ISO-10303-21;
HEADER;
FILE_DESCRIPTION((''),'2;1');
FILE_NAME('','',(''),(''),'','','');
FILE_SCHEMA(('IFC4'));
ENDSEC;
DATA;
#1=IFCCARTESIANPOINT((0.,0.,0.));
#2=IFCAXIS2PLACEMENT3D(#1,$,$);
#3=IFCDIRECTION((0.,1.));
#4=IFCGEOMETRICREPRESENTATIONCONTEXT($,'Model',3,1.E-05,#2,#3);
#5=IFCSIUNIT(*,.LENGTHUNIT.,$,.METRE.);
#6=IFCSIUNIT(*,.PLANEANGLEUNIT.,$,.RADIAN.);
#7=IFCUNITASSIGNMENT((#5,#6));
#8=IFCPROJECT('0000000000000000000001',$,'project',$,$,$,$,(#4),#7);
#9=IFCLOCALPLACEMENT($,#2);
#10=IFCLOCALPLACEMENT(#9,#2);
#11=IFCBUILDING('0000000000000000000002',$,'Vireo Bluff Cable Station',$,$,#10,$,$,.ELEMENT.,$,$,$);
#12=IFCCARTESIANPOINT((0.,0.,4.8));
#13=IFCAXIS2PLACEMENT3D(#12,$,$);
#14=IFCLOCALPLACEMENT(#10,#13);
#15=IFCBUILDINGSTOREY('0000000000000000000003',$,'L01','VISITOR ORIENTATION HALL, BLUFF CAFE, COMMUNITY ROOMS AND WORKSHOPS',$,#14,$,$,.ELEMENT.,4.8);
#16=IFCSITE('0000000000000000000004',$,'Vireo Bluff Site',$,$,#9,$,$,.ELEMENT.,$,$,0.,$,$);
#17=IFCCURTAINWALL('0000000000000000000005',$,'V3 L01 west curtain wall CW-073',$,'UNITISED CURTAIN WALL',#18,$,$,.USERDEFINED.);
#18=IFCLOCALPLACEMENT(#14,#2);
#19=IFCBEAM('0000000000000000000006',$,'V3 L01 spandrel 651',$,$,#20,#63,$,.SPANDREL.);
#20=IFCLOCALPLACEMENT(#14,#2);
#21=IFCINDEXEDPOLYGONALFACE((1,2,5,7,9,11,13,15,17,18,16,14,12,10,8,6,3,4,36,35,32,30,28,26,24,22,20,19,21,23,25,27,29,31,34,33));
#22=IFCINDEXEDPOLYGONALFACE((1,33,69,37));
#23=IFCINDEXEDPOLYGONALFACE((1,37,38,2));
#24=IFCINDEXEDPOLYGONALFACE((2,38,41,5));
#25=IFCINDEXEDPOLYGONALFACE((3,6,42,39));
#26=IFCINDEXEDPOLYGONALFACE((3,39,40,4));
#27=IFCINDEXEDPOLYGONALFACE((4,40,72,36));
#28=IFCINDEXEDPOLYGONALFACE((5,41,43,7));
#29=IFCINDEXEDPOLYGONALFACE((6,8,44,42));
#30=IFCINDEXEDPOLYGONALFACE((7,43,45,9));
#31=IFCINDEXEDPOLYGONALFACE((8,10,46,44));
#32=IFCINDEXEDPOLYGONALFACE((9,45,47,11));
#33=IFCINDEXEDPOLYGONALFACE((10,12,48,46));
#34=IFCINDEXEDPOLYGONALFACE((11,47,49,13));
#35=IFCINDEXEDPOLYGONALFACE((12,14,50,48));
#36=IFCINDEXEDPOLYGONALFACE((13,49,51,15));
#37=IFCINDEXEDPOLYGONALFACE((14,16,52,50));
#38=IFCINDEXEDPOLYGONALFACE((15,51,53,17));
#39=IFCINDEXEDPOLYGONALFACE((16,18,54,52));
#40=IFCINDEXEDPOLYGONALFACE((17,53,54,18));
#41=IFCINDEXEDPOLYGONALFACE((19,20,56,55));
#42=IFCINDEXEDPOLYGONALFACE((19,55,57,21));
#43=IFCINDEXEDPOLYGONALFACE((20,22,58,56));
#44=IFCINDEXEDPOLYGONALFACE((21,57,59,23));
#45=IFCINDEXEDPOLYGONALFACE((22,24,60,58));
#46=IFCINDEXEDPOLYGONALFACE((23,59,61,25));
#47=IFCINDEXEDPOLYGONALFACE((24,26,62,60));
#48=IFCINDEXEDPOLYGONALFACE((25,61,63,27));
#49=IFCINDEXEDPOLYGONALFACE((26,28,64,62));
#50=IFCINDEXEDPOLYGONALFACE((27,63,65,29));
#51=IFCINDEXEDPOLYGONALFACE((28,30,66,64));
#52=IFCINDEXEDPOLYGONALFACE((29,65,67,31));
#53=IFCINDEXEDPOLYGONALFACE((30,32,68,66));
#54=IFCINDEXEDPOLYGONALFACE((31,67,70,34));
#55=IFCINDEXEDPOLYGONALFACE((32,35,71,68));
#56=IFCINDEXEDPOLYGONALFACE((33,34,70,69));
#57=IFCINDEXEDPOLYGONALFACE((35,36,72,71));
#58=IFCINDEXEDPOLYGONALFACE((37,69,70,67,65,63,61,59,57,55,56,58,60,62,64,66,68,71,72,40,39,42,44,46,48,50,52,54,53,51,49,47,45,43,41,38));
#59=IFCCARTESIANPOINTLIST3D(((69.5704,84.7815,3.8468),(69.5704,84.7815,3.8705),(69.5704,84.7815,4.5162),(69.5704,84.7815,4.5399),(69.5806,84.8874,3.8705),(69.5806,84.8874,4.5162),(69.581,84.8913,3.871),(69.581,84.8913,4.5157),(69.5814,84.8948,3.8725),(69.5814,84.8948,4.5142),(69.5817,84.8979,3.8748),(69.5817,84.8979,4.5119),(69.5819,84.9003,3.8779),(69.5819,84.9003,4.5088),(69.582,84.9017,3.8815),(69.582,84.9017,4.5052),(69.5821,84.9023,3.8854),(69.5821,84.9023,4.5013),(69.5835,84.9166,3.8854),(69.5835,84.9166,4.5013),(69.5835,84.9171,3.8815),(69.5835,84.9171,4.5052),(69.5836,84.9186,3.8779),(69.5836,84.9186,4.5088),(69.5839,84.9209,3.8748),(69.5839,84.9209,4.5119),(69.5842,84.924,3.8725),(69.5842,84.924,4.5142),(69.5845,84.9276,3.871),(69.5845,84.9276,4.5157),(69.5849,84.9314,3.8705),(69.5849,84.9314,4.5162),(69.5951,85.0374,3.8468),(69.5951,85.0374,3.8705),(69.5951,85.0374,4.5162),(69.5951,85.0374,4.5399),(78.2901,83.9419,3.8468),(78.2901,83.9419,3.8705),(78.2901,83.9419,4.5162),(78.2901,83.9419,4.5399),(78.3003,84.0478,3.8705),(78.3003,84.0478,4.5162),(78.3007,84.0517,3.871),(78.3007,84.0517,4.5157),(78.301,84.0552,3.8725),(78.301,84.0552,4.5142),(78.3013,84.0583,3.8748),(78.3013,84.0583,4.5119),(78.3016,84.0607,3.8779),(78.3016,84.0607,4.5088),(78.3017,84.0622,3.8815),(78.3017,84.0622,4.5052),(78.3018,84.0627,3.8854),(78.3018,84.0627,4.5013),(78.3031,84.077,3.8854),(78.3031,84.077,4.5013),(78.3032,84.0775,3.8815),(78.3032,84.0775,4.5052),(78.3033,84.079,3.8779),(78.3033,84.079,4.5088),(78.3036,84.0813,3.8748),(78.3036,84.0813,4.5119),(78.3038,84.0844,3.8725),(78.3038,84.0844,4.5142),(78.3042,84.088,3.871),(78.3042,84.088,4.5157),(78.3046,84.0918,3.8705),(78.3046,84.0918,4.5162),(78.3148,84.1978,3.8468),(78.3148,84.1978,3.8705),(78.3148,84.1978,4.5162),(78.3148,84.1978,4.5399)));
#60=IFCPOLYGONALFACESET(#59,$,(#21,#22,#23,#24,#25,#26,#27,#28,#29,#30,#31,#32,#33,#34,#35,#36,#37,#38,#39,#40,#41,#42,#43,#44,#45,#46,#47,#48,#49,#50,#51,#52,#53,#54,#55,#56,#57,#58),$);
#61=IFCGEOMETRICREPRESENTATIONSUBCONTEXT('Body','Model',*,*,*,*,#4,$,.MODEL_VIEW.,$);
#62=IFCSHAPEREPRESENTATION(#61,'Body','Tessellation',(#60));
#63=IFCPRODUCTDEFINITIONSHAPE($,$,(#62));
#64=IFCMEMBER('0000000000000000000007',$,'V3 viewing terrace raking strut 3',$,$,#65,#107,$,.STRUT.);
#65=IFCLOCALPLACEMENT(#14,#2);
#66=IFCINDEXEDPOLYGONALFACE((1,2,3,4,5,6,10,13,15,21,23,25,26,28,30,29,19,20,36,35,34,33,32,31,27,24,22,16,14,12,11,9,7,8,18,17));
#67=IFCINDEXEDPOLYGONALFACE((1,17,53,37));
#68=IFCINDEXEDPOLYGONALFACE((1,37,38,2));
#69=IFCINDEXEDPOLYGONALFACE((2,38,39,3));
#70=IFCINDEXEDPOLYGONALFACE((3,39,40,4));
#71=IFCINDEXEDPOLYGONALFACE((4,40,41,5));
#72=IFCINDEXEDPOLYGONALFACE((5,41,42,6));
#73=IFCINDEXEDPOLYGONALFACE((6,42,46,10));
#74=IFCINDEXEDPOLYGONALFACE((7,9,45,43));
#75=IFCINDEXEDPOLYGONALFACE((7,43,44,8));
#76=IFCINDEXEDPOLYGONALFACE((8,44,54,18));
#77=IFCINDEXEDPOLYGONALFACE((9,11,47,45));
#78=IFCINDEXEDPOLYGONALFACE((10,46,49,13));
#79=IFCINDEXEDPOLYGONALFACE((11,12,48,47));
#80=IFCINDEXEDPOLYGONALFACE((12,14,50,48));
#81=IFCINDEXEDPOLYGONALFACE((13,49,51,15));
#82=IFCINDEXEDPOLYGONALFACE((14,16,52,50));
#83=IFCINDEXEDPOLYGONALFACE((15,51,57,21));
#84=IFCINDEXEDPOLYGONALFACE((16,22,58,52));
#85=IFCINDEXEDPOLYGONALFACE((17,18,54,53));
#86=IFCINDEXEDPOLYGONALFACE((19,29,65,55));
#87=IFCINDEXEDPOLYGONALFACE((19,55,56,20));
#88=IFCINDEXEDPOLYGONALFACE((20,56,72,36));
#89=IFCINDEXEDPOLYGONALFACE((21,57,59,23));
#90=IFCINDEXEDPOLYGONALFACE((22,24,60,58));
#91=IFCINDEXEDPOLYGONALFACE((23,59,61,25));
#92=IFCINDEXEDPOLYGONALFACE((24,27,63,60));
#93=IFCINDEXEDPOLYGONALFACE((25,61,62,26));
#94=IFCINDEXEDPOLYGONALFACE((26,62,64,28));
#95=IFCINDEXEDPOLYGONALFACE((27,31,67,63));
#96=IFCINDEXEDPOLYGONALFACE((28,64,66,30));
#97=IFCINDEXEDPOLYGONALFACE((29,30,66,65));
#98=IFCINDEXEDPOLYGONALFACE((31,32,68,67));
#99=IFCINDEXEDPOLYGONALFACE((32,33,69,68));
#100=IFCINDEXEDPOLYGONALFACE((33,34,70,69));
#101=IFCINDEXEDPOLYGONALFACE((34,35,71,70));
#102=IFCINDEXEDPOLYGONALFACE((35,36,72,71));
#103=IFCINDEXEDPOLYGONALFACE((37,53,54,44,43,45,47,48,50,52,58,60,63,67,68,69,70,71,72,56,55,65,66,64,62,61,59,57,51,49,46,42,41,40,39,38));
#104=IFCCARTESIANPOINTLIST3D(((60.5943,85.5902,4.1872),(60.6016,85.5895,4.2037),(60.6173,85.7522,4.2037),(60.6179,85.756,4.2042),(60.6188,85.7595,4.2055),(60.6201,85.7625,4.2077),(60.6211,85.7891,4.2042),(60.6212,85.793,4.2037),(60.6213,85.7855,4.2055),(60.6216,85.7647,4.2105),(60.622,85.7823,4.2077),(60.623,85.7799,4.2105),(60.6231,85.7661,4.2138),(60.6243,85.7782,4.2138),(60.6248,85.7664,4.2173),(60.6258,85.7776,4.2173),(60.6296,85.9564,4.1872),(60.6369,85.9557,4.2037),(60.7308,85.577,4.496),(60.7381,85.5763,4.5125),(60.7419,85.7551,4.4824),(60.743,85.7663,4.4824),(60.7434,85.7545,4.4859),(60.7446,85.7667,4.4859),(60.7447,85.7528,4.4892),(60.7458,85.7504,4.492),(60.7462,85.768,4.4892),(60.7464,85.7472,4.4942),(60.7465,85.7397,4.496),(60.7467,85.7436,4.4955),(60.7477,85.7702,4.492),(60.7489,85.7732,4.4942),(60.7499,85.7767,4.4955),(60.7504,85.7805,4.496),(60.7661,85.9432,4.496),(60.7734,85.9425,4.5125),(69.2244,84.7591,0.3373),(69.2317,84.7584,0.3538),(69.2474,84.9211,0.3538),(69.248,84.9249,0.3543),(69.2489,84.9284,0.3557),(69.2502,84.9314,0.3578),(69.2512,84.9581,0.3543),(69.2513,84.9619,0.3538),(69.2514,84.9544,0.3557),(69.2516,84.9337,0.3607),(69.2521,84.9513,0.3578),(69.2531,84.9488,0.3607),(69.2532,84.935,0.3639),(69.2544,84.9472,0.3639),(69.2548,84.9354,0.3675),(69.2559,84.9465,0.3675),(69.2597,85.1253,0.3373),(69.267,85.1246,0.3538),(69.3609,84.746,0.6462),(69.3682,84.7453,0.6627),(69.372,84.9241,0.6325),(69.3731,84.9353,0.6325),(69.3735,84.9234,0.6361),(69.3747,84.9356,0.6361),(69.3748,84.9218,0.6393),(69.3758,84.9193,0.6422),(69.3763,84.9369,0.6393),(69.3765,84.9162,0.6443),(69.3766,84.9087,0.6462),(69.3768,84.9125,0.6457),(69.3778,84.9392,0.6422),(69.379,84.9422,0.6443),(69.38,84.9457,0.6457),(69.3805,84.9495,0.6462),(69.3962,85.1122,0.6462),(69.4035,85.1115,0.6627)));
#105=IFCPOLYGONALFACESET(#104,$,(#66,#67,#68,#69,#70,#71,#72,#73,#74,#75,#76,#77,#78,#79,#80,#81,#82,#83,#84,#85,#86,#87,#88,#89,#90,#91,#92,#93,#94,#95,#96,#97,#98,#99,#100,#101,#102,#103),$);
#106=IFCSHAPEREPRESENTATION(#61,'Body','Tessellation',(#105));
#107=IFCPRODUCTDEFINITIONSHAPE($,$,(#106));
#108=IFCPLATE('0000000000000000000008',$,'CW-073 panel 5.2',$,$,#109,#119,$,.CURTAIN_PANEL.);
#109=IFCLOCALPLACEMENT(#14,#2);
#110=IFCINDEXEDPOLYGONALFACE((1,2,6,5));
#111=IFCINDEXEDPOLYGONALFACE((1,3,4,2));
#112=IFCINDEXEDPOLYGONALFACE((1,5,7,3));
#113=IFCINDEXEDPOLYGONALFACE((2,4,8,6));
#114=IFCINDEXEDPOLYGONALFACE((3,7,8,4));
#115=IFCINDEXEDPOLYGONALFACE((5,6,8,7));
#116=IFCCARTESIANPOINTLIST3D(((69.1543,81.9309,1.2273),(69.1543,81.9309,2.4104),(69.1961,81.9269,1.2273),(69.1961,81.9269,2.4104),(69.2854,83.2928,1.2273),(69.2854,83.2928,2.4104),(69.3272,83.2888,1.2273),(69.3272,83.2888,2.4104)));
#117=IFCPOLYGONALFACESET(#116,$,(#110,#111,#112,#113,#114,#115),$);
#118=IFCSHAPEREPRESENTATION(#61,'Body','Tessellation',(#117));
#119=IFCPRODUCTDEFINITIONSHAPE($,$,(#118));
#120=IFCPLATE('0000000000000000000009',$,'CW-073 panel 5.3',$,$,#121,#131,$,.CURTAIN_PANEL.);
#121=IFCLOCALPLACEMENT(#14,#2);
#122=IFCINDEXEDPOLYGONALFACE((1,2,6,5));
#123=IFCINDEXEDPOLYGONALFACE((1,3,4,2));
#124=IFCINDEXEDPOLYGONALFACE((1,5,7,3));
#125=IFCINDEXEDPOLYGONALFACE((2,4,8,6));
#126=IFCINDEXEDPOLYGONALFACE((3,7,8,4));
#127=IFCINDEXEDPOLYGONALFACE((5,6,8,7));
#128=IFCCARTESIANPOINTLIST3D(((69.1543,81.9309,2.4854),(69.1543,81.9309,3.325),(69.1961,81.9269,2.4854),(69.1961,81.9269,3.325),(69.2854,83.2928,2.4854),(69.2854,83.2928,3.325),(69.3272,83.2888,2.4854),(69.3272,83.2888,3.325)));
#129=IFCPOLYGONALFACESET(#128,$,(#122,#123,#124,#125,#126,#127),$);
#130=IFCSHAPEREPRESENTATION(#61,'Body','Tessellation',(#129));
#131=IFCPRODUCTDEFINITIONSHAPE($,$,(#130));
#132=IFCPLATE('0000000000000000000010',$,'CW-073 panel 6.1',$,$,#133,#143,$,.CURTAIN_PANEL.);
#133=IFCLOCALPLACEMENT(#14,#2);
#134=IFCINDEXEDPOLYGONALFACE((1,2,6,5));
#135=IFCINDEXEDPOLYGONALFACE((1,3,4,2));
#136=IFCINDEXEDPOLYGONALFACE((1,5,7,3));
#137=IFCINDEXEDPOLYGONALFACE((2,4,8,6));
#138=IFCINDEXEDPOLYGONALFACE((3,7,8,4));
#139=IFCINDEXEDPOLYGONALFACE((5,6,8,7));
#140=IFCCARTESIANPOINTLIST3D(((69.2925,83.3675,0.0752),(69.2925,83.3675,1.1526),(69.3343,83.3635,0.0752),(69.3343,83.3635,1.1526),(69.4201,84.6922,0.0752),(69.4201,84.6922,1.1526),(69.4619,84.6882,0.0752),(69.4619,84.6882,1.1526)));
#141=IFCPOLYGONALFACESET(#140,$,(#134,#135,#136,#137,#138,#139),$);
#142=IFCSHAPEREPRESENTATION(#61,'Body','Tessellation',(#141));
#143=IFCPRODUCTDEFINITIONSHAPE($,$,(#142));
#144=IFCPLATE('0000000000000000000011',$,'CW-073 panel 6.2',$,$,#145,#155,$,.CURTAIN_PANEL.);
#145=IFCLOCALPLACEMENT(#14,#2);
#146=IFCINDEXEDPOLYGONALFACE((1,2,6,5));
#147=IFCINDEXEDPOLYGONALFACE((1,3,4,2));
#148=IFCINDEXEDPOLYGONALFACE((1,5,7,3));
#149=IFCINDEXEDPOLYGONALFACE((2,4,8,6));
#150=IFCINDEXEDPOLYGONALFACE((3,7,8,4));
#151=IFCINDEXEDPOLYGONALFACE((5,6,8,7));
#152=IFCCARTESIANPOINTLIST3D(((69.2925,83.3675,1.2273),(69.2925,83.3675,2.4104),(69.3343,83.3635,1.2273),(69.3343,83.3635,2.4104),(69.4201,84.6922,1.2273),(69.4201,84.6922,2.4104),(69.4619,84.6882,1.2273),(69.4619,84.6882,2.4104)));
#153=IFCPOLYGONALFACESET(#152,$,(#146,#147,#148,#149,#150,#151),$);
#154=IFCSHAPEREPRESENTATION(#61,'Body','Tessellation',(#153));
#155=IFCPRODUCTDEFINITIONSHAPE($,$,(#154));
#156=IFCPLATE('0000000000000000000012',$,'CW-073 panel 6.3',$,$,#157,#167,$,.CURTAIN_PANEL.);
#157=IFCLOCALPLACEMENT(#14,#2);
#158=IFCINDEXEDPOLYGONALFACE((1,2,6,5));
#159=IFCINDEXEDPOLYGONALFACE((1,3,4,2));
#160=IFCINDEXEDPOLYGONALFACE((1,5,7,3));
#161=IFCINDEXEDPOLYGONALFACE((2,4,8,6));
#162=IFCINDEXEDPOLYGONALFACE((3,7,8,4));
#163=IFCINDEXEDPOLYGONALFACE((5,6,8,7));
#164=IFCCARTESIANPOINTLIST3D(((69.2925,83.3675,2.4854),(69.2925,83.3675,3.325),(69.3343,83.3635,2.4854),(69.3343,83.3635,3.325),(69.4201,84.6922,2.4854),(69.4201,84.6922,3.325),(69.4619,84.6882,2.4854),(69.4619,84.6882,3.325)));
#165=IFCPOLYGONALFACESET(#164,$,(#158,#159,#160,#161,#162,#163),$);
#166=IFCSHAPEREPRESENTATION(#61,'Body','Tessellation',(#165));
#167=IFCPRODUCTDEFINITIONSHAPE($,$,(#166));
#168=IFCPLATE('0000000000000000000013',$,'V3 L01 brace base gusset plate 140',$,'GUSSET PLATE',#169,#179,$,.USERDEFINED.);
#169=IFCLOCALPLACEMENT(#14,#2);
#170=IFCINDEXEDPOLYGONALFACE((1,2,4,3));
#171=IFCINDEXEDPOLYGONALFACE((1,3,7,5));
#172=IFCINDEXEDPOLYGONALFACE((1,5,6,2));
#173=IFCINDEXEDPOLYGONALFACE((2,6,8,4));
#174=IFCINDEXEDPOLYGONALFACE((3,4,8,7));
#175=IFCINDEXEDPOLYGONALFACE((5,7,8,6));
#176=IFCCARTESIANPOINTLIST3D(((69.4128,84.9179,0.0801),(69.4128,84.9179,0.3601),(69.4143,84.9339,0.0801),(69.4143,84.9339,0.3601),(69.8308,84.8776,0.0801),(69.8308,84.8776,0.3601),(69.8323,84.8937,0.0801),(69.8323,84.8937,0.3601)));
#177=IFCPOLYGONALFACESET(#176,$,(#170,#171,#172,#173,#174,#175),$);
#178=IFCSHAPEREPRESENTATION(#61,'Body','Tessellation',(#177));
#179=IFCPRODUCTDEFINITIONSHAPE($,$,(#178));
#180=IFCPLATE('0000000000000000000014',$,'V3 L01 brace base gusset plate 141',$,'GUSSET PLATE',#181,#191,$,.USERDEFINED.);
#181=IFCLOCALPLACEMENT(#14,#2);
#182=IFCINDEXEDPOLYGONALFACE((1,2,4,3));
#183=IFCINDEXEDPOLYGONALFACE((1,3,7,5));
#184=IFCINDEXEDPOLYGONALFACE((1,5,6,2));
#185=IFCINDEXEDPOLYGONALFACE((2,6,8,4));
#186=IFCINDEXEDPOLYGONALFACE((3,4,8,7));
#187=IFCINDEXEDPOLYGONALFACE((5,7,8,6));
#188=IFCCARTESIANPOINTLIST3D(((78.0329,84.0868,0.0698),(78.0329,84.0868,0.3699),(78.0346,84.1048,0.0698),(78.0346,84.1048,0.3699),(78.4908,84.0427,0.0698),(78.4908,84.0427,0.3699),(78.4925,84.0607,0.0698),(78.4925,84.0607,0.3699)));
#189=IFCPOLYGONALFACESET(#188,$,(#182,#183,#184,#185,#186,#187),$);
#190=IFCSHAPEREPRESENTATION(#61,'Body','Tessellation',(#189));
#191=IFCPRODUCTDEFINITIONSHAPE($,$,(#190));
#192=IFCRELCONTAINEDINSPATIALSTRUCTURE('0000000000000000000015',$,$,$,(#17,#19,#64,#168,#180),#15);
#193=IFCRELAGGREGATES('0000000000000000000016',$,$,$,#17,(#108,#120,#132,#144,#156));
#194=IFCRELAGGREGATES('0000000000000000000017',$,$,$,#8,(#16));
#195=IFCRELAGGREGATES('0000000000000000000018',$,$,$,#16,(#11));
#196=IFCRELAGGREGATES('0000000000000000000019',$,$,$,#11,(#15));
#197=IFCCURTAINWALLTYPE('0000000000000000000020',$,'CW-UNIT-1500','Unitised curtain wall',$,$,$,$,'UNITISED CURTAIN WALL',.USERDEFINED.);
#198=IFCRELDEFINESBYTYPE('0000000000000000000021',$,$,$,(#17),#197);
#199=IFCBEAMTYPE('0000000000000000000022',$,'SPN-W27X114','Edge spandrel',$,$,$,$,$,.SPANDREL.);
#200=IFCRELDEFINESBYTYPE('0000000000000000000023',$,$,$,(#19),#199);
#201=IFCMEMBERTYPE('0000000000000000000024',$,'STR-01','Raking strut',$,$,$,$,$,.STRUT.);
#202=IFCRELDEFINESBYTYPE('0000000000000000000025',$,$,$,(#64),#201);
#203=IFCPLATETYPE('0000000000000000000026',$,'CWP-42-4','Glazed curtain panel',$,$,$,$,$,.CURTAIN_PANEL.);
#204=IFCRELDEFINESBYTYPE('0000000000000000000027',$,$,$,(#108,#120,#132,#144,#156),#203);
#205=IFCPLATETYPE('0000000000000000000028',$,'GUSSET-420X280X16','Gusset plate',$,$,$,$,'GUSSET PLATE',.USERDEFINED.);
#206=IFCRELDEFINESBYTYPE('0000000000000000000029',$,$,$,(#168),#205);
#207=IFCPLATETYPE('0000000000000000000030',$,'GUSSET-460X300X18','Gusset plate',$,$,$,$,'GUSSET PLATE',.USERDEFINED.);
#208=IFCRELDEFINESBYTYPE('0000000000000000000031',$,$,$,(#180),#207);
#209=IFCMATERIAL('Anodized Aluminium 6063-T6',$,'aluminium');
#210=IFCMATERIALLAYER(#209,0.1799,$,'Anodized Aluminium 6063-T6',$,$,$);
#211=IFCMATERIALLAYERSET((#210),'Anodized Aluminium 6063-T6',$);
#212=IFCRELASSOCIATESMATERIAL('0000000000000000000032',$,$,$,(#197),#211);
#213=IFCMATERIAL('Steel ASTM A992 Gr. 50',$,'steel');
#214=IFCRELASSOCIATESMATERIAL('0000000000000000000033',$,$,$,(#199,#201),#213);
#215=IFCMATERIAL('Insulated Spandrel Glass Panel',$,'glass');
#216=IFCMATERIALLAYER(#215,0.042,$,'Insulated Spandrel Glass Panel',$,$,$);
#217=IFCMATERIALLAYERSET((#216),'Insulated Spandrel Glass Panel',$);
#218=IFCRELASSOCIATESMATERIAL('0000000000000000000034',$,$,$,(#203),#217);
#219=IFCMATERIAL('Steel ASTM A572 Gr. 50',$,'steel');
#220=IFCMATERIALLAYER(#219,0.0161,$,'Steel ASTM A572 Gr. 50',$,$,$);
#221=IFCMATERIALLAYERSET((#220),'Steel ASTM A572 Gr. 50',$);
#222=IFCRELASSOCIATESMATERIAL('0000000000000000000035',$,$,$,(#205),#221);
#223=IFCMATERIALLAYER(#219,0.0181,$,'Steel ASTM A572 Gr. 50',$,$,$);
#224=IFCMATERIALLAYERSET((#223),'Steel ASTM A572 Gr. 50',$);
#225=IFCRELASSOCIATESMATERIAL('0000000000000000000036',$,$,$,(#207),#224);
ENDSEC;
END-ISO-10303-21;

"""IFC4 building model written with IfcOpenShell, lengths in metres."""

from ifc_helpers import new_model, si_unit, direction, frame, origin, origin_2d, place, context, subcontext, project, spatial, rectangle, i_section, extrude, material, layer, layer_set, material_profile, profile_set, type_object, element, aggregate, save


model = new_model("IFC4")

# Units and contexts
model_context = context("Model", 3, precision=1e-05, world=origin(), true_north=direction((0.0, 1.0)))
body_context = subcontext(model_context, "Body", "Model", "MODEL_VIEW")
ifc_project = project(units=[si_unit("LENGTHUNIT", "METRE"), si_unit("PLANEANGLEUNIT", "RADIAN")], contexts=[model_context])

# Site, building, storey
site_placement = place(None, origin())
site = spatial("IfcSite", under=ifc_project, at=site_placement, Name="Vireo Bluff Site", CompositionType="ELEMENT", RefElevation=0.0)
building_placement = place(site_placement, origin())
building = spatial("IfcBuilding", under=site, at=building_placement, Name="Vireo Bluff Cable Station", CompositionType="ELEMENT")
storey_placement = place(building_placement, frame((0.0, 0.0, 4.8)))
storey = spatial("IfcBuildingStorey", under=building, at=storey_placement, Name="L01", Description="VISITOR ORIENTATION HALL, BLUFF CAFE, COMMUNITY ROOMS AND WORKSHOPS", CompositionType="ELEMENT", Elevation=4.8)

# Shared definitions
ifc_material_1 = material(Name="Steel ASTM A992 Gr. 50", Category="steel")

# Curtain wall
ifc_material_2 = material(Name="Anodized Aluminium 6063-T6", Category="aluminium")
ifc_layer_1 = layer(ifc_material_2, 0.1799, Name="Anodized Aluminium 6063-T6")
ifc_layer_set_1 = layer_set([ifc_layer_1], Name="Anodized Aluminium 6063-T6")
curtain_wall_type = type_object("IfcCurtainWallType", Name="CW-UNIT-1500", Description="Unitised curtain wall", ElementType="UNITISED CURTAIN WALL", PredefinedType="USERDEFINED", material=ifc_layer_set_1)
curtain_wall_placement = place(storey_placement, origin())
curtain_wall = element("IfcCurtainWall", 1, at=curtain_wall_placement, inside=storey, type_object=curtain_wall_type, Name="V3 L01 west curtain wall CW-073", ObjectType="UNITISED CURTAIN WALL", PredefinedType="USERDEFINED")

# Beam
ifc_material_profile_1 = material_profile(ifc_material_1, i_section(OverallWidth=0.2571, OverallDepth=0.6931, WebThickness=0.0144, FlangeThickness=0.0237, FilletRadius=0.0149, at=origin_2d()), Name="W27X114")
ifc_profile_set_1 = profile_set([ifc_material_profile_1], Name="Steel ASTM A992 Gr. 50")
beam_type_1 = type_object("IfcBeamType", Name="SPN-W27X114", Description="Edge spandrel", PredefinedType="SPANDREL", material=ifc_profile_set_1)
beam_1_placement = place(storey_placement, frame((69.5828, 84.9094, 4.1934), z_axis=(0.995396, -0.095844, 0.0), x_axis=(0.095844, 0.995396, 0.0)))
element("IfcBeam", 2, at=beam_1_placement, inside=storey, type_object=beam_type_1, Name="V3 L01 spandrel 651", PredefinedType="SPANDREL", context=body_context, shape_type="SweptSolid", body=[
    extrude(i_section(OverallWidth=0.2571, OverallDepth=0.6931, WebThickness=0.0144, FlangeThickness=0.0237, FilletRadius=0.0149, at=origin_2d()), origin(), (0.0, 0.0, 1.0), 8.76),
])

# Member
ifc_material_profile_2 = material_profile(ifc_material_1, i_section(OverallWidth=0.3679, OverallDepth=0.356, WebThickness=0.0112, FlangeThickness=0.0181, FilletRadius=0.0149, at=origin_2d()), Name="W14X90")
ifc_profile_set_2 = profile_set([ifc_material_profile_2], Name="Steel ASTM A992 Gr. 50")
member_type_1 = type_object("IfcMemberType", Name="STR-01", Description="Raking strut", PredefinedType="STRUT", material=ifc_profile_set_2)
member_1_placement = place(storey_placement, frame((69.314, 84.9353, 0.5), z_axis=(-0.90974, 0.087605, 0.40583), x_axis=(-0.095854, -0.995395, 0.0)))
element("IfcMember", 3, at=member_1_placement, inside=storey, type_object=member_type_1, Name="V3 viewing terrace raking strut 3", PredefinedType="STRUT", context=body_context, shape_type="SweptSolid", body=[
    extrude(i_section(OverallWidth=0.3679, OverallDepth=0.356, WebThickness=0.0112, FlangeThickness=0.0181, FilletRadius=0.0149, at=origin_2d()), origin(), (0.0, 0.0, 1.0), 9.4863),
])

# Plates
ifc_material_3 = material(Name="Insulated Spandrel Glass Panel", Category="glass")
ifc_layer_2 = layer(ifc_material_3, 0.042, Name="Insulated Spandrel Glass Panel")
ifc_layer_set_2 = layer_set([ifc_layer_2], Name="Insulated Spandrel Glass Panel")
plate_type_1 = type_object("IfcPlateType", Name="CWP-42-4", Description="Glazed curtain panel", PredefinedType="CURTAIN_PANEL", material=ifc_layer_set_2)
plate_1_placement = place(storey_placement, frame((69.2407, 82.6099, 1.2273), z_axis=(0.0, 0.0, 1.0), x_axis=(0.095846, 0.995396, 0.0)))
plate_1 = element("IfcPlate", 4, at=plate_1_placement, type_object=plate_type_1, Name="CW-073 panel 5.2", PredefinedType="CURTAIN_PANEL", context=body_context, shape_type="SweptSolid", body=[
    extrude(rectangle(XDim=1.3682, YDim=0.042, at=origin_2d()), origin(), (0.0, 0.0, 1.0), 1.1831),
])
plate_2_placement = place(storey_placement, frame((69.2407, 82.6099, 2.4854), z_axis=(0.0, 0.0, 1.0), x_axis=(0.095846, 0.995396, 0.0)))
plate_2 = element("IfcPlate", 5, at=plate_2_placement, type_object=plate_type_1, Name="CW-073 panel 5.3", PredefinedType="CURTAIN_PANEL", context=body_context, shape_type="SweptSolid", body=[
    extrude(rectangle(XDim=1.3682, YDim=0.042, at=origin_2d()), origin(), (0.0, 0.0, 1.0), 0.8396),
])
plate_3_placement = place(storey_placement, frame((69.3772, 84.0278, 0.0752), z_axis=(0.0, 0.0, 1.0), x_axis=(0.095846, 0.995396, 0.0)))
plate_3 = element("IfcPlate", 6, at=plate_3_placement, type_object=plate_type_1, Name="CW-073 panel 6.1", PredefinedType="CURTAIN_PANEL", context=body_context, shape_type="SweptSolid", body=[
    extrude(rectangle(XDim=1.3308, YDim=0.042, at=origin_2d()), origin(), (0.0, 0.0, 1.0), 1.0774),
])
plate_4_placement = place(storey_placement, frame((69.3772, 84.0278, 1.2273), z_axis=(0.0, 0.0, 1.0), x_axis=(0.095846, 0.995396, 0.0)))
plate_4 = element("IfcPlate", 7, at=plate_4_placement, type_object=plate_type_1, Name="CW-073 panel 6.2", PredefinedType="CURTAIN_PANEL", context=body_context, shape_type="SweptSolid", body=[
    extrude(rectangle(XDim=1.3308, YDim=0.042, at=origin_2d()), origin(), (0.0, 0.0, 1.0), 1.1831),
])
plate_5_placement = place(storey_placement, frame((69.3772, 84.0278, 2.4854), z_axis=(0.0, 0.0, 1.0), x_axis=(0.095846, 0.995396, 0.0)))
plate_5 = element("IfcPlate", 8, at=plate_5_placement, type_object=plate_type_1, Name="CW-073 panel 6.3", PredefinedType="CURTAIN_PANEL", context=body_context, shape_type="SweptSolid", body=[
    extrude(rectangle(XDim=1.3308, YDim=0.042, at=origin_2d()), origin(), (0.0, 0.0, 1.0), 0.8396),
])
aggregate(curtain_wall, [plate_1, plate_2, plate_3, plate_4, plate_5])

# Plates
ifc_material_4 = material(Name="Steel ASTM A572 Gr. 50", Category="steel")
ifc_layer_3 = layer(ifc_material_4, 0.0161, Name="Steel ASTM A572 Gr. 50")
ifc_layer_set_3 = layer_set([ifc_layer_3], Name="Steel ASTM A572 Gr. 50")
plate_type_2 = type_object("IfcPlateType", Name="GUSSET-420X280X16", Description="Gusset plate", ElementType="GUSSET PLATE", PredefinedType="USERDEFINED", material=ifc_layer_set_3)
plate_6_placement = place(storey_placement, frame((69.6226, 84.9058, 0.0801), z_axis=(0.0, 0.0, 1.0), x_axis=(0.995396, -0.095846, 0.0)))
element("IfcPlate", 9, at=plate_6_placement, inside=storey, type_object=plate_type_2, Name="V3 L01 brace base gusset plate 140", ObjectType="GUSSET PLATE", PredefinedType="USERDEFINED", context=body_context, shape_type="SweptSolid", body=[
    extrude(rectangle(XDim=0.4199, YDim=0.0161, at=origin_2d()), origin(), (0.0, 0.0, 1.0), 0.28),
])
ifc_layer_4 = layer(ifc_material_4, 0.0181, Name="Steel ASTM A572 Gr. 50")
ifc_layer_set_4 = layer_set([ifc_layer_4], Name="Steel ASTM A572 Gr. 50")
plate_type_3 = type_object("IfcPlateType", Name="GUSSET-460X300X18", Description="Gusset plate", ElementType="GUSSET PLATE", PredefinedType="USERDEFINED", material=ifc_layer_set_4)
plate_7_placement = place(storey_placement, frame((78.2627, 84.0737, 0.0698), z_axis=(0.0, 0.0, 1.0), x_axis=(0.995396, -0.095846, 0.0)))
element("IfcPlate", 10, at=plate_7_placement, inside=storey, type_object=plate_type_3, Name="V3 L01 brace base gusset plate 141", ObjectType="GUSSET PLATE", PredefinedType="USERDEFINED", context=body_context, shape_type="SweptSolid", body=[
    extrude(rectangle(XDim=0.46, YDim=0.0181, at=origin_2d()), origin(), (0.0, 0.0, 1.0), 0.3),
])

save(model, "model.ifc")
